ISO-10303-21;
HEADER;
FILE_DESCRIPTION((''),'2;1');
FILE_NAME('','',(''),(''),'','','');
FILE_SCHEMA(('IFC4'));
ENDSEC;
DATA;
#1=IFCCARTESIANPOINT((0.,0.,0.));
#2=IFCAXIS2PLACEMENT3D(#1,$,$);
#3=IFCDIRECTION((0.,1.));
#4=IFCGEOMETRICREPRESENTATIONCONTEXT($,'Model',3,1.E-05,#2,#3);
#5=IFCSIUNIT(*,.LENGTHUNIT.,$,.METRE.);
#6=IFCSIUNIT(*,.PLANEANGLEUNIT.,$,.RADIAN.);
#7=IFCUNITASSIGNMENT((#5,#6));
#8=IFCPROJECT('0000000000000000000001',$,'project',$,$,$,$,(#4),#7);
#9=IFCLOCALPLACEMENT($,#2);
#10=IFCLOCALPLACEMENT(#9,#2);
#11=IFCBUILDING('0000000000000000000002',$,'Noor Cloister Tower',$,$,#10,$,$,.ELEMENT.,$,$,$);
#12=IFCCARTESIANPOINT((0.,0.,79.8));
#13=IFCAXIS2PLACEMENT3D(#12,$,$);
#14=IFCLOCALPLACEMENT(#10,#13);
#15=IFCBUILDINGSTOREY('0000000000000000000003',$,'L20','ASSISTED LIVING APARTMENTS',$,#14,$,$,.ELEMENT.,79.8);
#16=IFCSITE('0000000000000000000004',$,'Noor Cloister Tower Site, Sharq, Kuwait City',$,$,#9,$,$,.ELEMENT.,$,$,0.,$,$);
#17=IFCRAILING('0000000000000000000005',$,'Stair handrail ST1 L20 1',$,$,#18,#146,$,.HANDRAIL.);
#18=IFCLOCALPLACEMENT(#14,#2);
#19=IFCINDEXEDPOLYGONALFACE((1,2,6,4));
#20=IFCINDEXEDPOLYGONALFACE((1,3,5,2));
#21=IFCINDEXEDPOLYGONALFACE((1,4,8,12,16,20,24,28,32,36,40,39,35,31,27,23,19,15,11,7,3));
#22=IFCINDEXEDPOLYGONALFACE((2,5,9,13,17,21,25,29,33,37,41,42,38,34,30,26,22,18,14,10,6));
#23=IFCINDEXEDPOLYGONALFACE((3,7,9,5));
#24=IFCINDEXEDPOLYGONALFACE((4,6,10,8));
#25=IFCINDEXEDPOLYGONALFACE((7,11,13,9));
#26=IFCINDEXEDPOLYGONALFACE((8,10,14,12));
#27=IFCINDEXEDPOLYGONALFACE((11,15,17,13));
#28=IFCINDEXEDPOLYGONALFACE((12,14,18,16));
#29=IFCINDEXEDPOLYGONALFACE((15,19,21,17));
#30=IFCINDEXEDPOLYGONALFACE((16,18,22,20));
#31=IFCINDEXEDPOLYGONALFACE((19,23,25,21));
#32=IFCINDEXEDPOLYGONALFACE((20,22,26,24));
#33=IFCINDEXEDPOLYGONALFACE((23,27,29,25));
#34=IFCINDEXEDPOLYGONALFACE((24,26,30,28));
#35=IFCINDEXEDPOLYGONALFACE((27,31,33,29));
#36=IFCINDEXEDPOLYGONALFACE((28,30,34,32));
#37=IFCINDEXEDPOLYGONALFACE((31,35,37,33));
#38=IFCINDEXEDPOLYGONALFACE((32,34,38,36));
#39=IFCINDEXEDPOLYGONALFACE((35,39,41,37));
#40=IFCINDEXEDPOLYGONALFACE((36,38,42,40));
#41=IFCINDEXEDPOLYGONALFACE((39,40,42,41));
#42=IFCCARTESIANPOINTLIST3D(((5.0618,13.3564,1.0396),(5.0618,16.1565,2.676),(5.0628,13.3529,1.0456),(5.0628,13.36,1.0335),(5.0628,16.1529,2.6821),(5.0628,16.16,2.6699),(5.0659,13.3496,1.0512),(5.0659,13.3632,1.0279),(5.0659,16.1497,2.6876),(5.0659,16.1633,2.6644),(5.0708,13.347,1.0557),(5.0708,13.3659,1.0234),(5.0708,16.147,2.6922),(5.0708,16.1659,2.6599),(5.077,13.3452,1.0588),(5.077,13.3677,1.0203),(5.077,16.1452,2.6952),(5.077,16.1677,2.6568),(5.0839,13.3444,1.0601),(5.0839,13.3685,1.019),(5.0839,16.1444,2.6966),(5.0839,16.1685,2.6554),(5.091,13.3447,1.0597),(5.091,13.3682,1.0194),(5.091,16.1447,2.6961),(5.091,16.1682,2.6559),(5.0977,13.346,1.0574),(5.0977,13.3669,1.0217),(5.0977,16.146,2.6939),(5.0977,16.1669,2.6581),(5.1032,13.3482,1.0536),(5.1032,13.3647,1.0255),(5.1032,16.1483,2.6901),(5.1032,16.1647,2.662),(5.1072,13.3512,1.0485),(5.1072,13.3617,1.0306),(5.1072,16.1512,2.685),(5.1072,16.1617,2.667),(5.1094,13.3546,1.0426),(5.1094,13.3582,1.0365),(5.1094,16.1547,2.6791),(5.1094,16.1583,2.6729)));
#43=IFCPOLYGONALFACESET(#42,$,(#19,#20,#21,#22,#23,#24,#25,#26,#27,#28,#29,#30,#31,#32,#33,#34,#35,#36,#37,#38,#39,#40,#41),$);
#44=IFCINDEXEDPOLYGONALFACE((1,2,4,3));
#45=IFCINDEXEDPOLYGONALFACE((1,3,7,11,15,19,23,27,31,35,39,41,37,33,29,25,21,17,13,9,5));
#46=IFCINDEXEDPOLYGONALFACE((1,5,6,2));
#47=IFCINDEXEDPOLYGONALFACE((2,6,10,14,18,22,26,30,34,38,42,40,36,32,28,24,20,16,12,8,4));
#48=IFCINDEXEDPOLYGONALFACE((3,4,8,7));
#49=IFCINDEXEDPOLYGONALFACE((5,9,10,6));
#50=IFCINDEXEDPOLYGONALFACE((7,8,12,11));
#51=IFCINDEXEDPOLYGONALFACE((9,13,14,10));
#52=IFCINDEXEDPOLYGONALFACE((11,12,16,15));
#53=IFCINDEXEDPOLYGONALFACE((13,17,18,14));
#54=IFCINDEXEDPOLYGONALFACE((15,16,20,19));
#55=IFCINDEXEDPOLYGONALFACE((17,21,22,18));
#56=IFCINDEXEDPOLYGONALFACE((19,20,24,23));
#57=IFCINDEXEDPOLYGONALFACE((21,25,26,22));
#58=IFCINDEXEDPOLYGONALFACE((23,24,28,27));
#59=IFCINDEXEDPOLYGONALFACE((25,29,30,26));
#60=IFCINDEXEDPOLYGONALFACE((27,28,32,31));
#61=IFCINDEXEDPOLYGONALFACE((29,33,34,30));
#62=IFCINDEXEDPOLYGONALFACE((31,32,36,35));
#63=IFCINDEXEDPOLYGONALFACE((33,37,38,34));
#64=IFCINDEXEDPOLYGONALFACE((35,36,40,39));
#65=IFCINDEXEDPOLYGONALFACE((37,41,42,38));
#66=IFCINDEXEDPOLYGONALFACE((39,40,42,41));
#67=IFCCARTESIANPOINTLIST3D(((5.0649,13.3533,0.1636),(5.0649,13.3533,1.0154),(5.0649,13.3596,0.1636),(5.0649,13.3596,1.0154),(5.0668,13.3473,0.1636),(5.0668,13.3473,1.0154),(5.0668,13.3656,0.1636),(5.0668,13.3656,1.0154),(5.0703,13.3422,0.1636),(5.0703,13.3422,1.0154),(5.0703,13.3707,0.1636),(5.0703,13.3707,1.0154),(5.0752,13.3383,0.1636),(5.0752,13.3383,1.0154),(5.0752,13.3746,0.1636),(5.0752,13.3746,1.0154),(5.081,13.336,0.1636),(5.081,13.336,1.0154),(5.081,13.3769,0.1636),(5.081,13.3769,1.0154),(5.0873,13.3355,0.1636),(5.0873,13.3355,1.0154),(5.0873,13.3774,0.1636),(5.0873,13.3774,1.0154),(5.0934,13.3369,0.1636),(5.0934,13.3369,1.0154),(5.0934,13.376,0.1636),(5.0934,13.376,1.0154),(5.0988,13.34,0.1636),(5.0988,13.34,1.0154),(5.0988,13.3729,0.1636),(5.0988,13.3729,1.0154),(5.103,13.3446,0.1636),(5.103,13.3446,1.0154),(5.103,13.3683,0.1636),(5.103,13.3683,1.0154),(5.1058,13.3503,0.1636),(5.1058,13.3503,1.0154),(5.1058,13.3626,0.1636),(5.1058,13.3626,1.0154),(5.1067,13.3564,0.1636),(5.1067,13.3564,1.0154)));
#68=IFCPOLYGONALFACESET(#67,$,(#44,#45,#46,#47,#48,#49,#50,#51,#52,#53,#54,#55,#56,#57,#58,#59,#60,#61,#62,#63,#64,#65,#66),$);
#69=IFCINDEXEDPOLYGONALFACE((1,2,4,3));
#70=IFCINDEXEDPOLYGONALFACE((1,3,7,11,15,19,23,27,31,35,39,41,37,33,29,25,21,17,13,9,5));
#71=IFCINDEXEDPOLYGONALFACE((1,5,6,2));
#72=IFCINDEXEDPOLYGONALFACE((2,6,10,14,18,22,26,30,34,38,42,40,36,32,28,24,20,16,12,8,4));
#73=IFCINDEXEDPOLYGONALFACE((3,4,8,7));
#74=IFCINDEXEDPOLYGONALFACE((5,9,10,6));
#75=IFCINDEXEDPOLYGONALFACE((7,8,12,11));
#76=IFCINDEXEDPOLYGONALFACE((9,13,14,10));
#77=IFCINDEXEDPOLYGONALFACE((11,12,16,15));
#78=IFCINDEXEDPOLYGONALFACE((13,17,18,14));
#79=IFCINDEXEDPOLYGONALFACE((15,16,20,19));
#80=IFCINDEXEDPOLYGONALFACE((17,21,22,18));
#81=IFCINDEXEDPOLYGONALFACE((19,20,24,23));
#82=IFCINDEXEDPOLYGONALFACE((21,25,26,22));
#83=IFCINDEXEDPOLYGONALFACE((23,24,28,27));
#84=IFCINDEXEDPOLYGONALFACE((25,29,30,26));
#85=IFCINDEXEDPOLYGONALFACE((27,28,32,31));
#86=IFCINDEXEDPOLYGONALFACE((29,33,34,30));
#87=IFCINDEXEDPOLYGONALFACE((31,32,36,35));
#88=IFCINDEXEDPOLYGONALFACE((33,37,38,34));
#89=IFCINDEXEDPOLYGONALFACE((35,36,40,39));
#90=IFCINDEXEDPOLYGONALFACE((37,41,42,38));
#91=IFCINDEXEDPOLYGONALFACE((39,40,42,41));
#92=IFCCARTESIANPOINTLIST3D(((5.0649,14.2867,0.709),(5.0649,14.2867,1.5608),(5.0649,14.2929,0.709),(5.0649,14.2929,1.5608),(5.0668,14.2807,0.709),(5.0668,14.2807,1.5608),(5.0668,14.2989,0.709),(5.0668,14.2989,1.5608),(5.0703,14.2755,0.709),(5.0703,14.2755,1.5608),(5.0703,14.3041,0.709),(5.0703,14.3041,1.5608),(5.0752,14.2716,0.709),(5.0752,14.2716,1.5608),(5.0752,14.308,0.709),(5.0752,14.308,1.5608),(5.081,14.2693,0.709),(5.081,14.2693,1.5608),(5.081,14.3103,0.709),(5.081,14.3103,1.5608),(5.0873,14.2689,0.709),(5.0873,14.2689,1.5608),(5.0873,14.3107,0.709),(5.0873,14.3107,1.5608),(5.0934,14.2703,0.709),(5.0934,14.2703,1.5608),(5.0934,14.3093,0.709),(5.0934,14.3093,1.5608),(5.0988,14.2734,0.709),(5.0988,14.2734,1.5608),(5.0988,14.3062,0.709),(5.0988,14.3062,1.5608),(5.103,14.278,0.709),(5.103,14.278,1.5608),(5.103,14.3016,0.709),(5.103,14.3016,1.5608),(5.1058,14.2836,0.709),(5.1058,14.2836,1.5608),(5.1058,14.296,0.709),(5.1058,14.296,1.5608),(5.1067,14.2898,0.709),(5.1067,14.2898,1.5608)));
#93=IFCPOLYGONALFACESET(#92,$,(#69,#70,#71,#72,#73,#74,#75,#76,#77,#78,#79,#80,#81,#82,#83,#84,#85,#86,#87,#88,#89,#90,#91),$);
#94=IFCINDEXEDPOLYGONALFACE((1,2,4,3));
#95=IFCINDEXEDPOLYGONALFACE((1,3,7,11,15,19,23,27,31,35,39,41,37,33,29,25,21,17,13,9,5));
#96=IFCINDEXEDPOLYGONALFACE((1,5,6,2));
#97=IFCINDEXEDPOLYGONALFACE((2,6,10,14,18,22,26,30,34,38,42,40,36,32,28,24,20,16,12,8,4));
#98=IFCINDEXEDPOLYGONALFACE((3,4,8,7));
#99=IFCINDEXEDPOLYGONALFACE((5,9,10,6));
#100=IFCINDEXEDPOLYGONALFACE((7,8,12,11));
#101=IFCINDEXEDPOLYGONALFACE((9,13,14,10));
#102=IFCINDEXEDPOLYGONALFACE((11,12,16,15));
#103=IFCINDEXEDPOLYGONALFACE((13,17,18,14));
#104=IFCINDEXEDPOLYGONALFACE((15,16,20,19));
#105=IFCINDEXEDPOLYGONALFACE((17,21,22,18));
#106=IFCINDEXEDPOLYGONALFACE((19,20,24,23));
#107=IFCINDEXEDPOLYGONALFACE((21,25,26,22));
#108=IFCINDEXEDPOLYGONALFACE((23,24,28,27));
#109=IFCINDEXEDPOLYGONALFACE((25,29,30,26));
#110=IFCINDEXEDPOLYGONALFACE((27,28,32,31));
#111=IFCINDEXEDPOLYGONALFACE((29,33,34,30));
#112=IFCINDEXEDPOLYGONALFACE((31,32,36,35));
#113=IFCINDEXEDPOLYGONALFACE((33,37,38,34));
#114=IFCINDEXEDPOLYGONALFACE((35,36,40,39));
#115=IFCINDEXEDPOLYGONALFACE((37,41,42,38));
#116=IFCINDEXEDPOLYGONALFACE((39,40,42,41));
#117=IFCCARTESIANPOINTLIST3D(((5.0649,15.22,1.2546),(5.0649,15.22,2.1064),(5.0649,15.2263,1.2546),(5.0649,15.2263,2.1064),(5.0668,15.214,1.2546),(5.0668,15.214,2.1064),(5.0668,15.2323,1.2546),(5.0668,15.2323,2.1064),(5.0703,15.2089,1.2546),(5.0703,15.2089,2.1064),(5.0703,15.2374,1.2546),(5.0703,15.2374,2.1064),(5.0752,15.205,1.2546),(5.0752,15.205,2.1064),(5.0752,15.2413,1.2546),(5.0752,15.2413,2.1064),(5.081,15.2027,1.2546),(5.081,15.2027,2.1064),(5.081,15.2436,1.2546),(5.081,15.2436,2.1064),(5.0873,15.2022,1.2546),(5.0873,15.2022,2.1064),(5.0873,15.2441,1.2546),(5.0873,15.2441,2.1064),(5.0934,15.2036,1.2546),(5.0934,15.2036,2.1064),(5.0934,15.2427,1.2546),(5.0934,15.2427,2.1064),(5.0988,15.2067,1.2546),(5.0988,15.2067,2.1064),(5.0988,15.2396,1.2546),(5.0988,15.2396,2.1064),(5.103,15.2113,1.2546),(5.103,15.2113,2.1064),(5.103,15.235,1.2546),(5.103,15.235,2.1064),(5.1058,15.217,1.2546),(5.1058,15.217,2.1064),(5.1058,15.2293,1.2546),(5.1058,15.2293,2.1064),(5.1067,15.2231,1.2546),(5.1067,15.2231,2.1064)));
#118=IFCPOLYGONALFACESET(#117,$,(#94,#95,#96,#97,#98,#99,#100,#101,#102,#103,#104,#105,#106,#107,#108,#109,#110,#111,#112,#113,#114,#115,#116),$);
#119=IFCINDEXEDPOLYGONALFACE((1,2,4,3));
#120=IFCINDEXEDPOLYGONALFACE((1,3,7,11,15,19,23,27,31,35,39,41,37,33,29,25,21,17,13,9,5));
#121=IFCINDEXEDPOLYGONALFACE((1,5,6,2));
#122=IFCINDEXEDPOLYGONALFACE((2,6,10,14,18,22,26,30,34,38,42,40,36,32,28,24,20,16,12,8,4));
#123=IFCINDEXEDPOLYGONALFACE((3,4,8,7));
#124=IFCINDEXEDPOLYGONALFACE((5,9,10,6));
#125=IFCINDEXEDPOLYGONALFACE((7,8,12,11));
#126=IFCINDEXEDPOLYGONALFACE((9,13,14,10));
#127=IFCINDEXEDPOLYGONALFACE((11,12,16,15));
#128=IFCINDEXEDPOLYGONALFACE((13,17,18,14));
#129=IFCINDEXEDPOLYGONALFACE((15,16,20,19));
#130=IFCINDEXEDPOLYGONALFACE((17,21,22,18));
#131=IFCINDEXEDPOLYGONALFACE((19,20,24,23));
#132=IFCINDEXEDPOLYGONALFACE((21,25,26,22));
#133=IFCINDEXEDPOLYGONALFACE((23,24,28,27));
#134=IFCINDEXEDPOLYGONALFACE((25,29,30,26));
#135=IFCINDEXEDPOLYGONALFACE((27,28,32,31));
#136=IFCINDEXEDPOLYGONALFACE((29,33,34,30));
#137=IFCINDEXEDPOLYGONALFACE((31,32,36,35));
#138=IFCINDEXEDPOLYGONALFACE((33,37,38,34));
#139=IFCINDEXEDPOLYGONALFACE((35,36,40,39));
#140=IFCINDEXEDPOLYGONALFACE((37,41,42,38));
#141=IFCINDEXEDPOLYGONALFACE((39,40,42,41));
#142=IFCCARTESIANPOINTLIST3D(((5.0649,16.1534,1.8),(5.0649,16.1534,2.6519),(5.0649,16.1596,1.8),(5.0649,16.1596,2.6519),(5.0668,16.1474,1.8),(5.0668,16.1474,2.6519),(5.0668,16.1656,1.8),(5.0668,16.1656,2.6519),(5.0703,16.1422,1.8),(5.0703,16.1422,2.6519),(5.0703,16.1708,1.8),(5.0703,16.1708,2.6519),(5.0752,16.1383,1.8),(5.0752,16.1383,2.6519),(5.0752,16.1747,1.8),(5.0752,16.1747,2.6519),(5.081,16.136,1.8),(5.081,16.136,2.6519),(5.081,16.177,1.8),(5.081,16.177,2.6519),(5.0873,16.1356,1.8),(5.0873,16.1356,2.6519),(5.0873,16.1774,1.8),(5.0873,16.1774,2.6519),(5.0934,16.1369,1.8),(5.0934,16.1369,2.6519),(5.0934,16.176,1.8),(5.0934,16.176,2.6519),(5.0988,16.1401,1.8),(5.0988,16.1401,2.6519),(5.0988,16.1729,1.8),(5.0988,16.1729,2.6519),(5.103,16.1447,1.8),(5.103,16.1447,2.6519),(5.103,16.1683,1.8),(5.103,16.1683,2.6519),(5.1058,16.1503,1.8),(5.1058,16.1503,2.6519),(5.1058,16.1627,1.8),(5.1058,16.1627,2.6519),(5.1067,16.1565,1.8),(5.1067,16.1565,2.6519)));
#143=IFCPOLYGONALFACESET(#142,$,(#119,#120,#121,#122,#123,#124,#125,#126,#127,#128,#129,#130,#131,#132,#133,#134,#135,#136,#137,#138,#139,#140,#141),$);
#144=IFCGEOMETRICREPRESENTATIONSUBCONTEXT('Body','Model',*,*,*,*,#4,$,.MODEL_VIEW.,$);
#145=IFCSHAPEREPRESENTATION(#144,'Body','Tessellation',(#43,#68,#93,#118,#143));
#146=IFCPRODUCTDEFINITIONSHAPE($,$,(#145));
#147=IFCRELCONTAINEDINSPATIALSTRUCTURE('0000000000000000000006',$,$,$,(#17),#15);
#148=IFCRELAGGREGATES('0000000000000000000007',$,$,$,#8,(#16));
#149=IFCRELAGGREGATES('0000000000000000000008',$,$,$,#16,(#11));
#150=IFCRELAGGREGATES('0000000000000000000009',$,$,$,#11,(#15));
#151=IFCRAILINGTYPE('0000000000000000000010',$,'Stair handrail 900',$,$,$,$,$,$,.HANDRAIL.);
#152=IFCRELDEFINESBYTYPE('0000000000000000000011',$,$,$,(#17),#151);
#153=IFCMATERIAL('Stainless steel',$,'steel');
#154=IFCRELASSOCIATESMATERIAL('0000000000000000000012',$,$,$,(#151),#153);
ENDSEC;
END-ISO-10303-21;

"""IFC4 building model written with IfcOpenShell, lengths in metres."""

from ifc_helpers import new_model, si_unit, direction, frame, origin, origin_2d, place, context, subcontext, project, spatial, circle, extrude, material, type_object, element, save


model = new_model("IFC4")

# Units and contexts
model_context = context("Model", 3, precision=1e-05, world=origin(), true_north=direction((0.0, 1.0)))
body_context = subcontext(model_context, "Body", "Model", "MODEL_VIEW")
ifc_project = project(units=[si_unit("LENGTHUNIT", "METRE"), si_unit("PLANEANGLEUNIT", "RADIAN")], contexts=[model_context])

# Site, building, storey
site_placement = place(None, origin())
site = spatial("IfcSite", under=ifc_project, at=site_placement, Name="Noor Cloister Tower Site, Sharq, Kuwait City", CompositionType="ELEMENT", RefElevation=0.0)
building_placement = place(site_placement, origin())
building = spatial("IfcBuilding", under=site, at=building_placement, Name="Noor Cloister Tower", CompositionType="ELEMENT")
storey_placement = place(building_placement, frame((0.0, 0.0, 79.8)))
storey = spatial("IfcBuildingStorey", under=building, at=storey_placement, Name="L20", Description="ASSISTED LIVING APARTMENTS", CompositionType="ELEMENT", Elevation=79.8)

# Railing
ifc_material_1 = material(Name="Stainless steel", Category="steel")
railing_type_1 = type_object("IfcRailingType", Name="Stair handrail 900", PredefinedType="HANDRAIL", material=ifc_material_1)
railing_1_placement = place(storey_placement, frame((5.0857, 13.3564, 0.1636)))
element("IfcRailing", 1, at=railing_1_placement, inside=storey, type_object=railing_type_1, Name="Stair handrail ST1 L20 1", PredefinedType="HANDRAIL", context=body_context, shape_type="SweptSolid", body=[
    extrude(circle(Radius=0.0239, at=origin_2d()), frame((0.0, 0.0, 0.876), z_axis=(0.0, 0.863361, 0.504587), x_axis=(-1.0, 0.0, 0.0)), (0.0, 0.0, 1.0), 3.2432),
    extrude(circle(Radius=0.021, at=origin_2d()), origin(), (0.0, 0.0, 1.0), 0.8518),
    extrude(circle(Radius=0.021, at=origin_2d()), frame((0.0, 0.9333, 0.5454)), (0.0, 0.0, 1.0), 0.8518),
    extrude(circle(Radius=0.021, at=origin_2d()), frame((0.0, 1.8667, 1.0911)), (0.0, 0.0, 1.0), 0.8518),
    extrude(circle(Radius=0.021, at=origin_2d()), frame((0.0, 2.8, 1.6365)), (0.0, 0.0, 1.0), 0.8518),
])

save(model, "model.ifc")
